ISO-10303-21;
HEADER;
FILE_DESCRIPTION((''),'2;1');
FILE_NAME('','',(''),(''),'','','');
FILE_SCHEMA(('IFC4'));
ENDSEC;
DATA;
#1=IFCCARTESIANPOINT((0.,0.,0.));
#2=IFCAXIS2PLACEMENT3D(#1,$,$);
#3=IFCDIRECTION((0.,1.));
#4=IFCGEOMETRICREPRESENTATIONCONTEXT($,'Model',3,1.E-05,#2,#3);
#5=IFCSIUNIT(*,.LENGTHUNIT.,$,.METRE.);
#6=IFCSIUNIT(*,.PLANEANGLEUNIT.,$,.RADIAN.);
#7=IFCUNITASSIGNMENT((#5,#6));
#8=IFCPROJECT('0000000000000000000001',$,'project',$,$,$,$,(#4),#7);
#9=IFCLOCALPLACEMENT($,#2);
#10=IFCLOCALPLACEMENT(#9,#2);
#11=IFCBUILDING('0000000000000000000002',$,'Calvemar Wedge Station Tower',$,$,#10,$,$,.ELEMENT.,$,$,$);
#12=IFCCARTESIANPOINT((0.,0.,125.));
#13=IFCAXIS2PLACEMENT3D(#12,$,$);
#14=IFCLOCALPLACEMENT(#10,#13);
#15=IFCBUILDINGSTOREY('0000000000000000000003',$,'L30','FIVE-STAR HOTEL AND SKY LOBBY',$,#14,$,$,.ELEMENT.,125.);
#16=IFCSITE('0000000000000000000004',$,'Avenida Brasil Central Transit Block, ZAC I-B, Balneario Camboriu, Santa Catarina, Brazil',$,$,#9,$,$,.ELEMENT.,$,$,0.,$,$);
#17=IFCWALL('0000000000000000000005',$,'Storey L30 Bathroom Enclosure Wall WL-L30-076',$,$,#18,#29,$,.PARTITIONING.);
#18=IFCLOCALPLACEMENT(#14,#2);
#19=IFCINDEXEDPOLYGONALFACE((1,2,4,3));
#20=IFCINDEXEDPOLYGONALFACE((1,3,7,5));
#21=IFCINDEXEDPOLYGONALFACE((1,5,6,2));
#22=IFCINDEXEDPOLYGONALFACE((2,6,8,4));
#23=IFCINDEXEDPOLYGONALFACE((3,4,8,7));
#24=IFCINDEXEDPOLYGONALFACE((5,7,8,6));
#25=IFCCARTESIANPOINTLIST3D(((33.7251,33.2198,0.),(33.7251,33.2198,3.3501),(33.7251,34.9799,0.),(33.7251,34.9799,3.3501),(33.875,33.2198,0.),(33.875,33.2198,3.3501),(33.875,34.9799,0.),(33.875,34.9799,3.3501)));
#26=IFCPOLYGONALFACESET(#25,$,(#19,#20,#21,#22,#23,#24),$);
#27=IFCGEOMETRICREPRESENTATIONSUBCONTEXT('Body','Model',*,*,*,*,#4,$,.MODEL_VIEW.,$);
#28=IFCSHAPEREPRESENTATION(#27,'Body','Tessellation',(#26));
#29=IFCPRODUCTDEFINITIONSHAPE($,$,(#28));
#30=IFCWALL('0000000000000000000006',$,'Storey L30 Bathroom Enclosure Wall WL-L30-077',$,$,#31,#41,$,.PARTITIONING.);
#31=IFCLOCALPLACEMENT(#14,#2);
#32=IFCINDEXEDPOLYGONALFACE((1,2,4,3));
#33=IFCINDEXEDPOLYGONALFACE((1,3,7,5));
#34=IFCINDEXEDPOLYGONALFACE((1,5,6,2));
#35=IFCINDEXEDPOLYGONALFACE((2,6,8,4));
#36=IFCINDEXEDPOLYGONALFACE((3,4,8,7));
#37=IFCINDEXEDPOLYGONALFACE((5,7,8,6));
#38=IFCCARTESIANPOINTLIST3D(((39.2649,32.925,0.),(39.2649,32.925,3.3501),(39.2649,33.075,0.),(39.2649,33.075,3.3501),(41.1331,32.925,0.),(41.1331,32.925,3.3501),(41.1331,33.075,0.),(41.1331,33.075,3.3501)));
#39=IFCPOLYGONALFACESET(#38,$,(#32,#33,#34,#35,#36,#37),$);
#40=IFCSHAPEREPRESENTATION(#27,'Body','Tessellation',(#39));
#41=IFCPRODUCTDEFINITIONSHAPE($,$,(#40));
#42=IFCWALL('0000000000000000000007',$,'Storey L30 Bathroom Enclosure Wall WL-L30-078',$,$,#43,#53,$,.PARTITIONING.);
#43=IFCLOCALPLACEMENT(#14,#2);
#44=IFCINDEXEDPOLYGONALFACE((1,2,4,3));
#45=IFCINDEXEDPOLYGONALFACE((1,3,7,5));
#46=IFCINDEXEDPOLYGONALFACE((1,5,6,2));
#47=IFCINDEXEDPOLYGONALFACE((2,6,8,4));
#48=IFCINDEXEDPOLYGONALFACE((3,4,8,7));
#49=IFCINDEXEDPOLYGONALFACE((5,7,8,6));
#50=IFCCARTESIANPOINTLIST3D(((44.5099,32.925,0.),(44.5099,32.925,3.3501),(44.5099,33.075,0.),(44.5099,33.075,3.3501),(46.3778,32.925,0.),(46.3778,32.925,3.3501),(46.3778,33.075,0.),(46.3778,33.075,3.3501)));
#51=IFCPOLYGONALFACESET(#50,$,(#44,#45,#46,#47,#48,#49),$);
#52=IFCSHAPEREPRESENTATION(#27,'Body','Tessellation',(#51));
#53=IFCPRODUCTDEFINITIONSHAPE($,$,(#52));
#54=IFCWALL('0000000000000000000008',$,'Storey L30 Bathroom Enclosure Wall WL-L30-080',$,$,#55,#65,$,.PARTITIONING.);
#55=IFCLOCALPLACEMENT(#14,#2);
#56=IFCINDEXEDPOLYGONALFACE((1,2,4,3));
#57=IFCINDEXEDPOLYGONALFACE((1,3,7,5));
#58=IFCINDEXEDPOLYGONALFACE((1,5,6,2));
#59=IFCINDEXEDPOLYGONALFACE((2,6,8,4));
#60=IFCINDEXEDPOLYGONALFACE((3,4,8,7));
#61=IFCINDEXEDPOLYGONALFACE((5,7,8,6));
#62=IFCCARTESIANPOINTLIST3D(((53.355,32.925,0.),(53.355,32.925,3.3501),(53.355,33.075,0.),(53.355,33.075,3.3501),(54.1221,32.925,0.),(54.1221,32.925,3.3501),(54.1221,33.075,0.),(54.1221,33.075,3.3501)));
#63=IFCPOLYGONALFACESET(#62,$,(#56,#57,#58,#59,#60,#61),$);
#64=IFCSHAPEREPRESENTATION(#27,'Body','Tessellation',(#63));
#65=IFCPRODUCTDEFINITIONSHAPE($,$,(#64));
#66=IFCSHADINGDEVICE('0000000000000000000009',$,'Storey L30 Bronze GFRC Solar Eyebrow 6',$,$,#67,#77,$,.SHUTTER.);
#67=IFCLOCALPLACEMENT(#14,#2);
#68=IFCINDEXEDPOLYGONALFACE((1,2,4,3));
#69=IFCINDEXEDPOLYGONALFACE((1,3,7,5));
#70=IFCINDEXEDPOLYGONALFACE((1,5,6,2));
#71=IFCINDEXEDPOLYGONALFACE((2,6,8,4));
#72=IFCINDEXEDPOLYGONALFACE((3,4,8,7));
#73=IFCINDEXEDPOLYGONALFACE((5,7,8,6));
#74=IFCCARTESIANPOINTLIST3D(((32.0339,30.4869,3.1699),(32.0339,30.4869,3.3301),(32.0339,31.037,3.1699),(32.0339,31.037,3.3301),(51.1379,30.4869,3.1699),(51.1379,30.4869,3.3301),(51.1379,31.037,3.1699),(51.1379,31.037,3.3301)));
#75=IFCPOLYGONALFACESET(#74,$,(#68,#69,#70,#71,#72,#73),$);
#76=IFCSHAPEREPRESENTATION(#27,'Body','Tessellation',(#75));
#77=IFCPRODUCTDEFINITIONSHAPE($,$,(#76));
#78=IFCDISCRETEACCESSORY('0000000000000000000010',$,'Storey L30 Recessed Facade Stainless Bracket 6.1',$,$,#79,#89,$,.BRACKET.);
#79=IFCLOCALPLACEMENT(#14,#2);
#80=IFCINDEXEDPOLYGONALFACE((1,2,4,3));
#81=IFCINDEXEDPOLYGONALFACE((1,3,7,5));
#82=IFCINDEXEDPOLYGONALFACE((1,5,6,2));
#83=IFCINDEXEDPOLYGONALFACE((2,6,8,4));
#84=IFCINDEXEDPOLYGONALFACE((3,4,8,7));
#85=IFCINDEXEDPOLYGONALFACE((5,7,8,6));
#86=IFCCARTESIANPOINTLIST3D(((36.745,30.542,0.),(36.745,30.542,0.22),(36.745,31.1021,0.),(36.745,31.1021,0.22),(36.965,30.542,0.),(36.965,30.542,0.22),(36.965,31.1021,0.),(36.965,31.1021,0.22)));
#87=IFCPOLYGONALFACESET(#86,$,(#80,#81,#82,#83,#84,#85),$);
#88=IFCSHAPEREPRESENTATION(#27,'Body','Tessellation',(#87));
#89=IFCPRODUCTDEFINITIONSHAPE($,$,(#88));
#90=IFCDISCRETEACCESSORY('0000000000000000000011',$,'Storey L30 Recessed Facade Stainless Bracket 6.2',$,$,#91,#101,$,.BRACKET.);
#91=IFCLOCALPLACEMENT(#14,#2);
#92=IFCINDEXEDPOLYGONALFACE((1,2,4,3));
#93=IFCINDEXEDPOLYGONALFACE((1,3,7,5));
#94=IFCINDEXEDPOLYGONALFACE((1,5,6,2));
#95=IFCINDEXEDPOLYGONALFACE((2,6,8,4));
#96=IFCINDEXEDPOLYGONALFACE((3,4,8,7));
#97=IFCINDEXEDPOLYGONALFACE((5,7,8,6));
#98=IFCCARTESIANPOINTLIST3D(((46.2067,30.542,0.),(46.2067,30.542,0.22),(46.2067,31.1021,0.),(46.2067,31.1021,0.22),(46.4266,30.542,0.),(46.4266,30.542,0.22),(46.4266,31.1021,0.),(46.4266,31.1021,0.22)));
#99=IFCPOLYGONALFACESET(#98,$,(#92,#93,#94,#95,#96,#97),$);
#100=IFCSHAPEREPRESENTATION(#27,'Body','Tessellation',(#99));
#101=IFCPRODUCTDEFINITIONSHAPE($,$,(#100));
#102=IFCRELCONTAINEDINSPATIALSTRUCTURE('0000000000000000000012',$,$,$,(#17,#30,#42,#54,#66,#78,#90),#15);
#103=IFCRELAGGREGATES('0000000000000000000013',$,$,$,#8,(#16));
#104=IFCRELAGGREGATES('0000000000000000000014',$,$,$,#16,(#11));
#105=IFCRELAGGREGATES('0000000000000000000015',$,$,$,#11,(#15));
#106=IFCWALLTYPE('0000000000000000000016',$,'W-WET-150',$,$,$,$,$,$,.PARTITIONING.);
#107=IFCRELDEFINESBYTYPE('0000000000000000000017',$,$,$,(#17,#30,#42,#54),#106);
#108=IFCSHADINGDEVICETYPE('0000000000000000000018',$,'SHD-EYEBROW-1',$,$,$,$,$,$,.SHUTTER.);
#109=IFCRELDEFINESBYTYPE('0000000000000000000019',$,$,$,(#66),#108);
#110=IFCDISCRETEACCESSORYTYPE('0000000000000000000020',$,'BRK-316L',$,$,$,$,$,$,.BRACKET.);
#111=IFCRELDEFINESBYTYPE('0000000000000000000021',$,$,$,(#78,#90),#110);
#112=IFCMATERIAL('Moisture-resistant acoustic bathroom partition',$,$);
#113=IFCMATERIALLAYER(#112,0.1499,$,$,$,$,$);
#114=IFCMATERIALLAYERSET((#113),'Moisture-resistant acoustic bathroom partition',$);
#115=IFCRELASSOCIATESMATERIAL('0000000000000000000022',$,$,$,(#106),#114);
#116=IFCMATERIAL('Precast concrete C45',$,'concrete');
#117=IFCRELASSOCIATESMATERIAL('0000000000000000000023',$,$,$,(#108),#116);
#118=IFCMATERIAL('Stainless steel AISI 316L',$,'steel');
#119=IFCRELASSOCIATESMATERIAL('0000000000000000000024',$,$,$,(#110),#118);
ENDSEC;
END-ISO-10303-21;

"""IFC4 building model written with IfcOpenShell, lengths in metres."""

from ifc_helpers import new_model, si_unit, direction, frame, frame_2d, origin, origin_2d, place, context, subcontext, project, spatial, rectangle, extrude, source, transform, mapped, material, layer, layer_set, type_object, element, save


model = new_model("IFC4")

# Units and contexts
model_context = context("Model", 3, precision=1e-05, world=origin(), true_north=direction((0.0, 1.0)))
body_context = subcontext(model_context, "Body", "Model", "MODEL_VIEW")
ifc_project = project(units=[si_unit("LENGTHUNIT", "METRE"), si_unit("PLANEANGLEUNIT", "RADIAN")], contexts=[model_context])

# Site, building, storey
site_placement = place(None, origin())
site = spatial("IfcSite", under=ifc_project, at=site_placement, Name="Avenida Brasil Central Transit Block, ZAC I-B, Balneario Camboriu, Santa Catarina, Brazil", CompositionType="ELEMENT", RefElevation=0.0)
building_placement = place(site_placement, origin())
building = spatial("IfcBuilding", under=site, at=building_placement, Name="Calvemar Wedge Station Tower", CompositionType="ELEMENT")
storey_placement = place(building_placement, frame((0.0, 0.0, 125.0)))
storey = spatial("IfcBuildingStorey", under=building, at=storey_placement, Name="L30", Description="FIVE-STAR HOTEL AND SKY LOBBY", CompositionType="ELEMENT", Elevation=125.0)

# Shared definitions
ifc_material_1 = material(Name="Precast concrete C45", Category="concrete")

# Walls
ifc_material_2 = material(Name="Moisture-resistant acoustic bathroom partition")
ifc_layer_1 = layer(ifc_material_2, 0.1499)
ifc_layer_set_1 = layer_set([ifc_layer_1], Name="Moisture-resistant acoustic bathroom partition")
wall_type_1 = type_object("IfcWallType", Name="W-WET-150", PredefinedType="PARTITIONING", material=ifc_layer_set_1)
wall_1_placement = place(storey_placement, frame((33.8, 33.22, 0.0), z_axis=(0.0, 0.0, 1.0), x_axis=(0.0, 1.0, 0.0)))
element("IfcWall", 1, at=wall_1_placement, inside=storey, type_object=wall_type_1, Name="Storey L30 Bathroom Enclosure Wall WL-L30-076", PredefinedType="PARTITIONING", context=body_context, shape_type="SweptSolid", body=[
    extrude(rectangle(XDim=1.76, YDim=0.1499, at=frame_2d((0.8799, 0.0))), origin(), (0.0, 0.0, 1.0), 3.3501),
])
wall_2_placement = place(storey_placement, frame((41.1331, 33.0, 0.0), z_axis=(0.0, 0.0, 1.0), x_axis=(-1.0, 0.0, 0.0)))
element("IfcWall", 2, at=wall_2_placement, inside=storey, type_object=wall_type_1, Name="Storey L30 Bathroom Enclosure Wall WL-L30-077", PredefinedType="PARTITIONING", context=body_context, shape_type="SweptSolid", body=[
    extrude(rectangle(XDim=1.8682, YDim=0.1499, at=frame_2d((0.9341, 0.0))), origin(), (0.0, 0.0, 1.0), 3.3501),
])
wall_3_placement = place(storey_placement, frame((46.3779, 33.0, 0.0), z_axis=(0.0, 0.0, 1.0), x_axis=(-1.0, 0.0, 0.0)))
element("IfcWall", 3, at=wall_3_placement, inside=storey, type_object=wall_type_1, Name="Storey L30 Bathroom Enclosure Wall WL-L30-078", PredefinedType="PARTITIONING", context=body_context, shape_type="SweptSolid", body=[
    extrude(rectangle(XDim=1.8679, YDim=0.1499, at=frame_2d((0.9341, 0.0))), origin(), (0.0, 0.0, 1.0), 3.3501),
])
wall_4_placement = place(storey_placement, frame((54.1221, 33.0, 0.0), z_axis=(0.0, 0.0, 1.0), x_axis=(-1.0, 0.0, 0.0)))
element("IfcWall", 4, at=wall_4_placement, inside=storey, type_object=wall_type_1, Name="Storey L30 Bathroom Enclosure Wall WL-L30-080", PredefinedType="PARTITIONING", context=body_context, shape_type="SweptSolid", body=[
    extrude(rectangle(XDim=0.7671, YDim=0.1499, at=frame_2d((0.3835, 0.0))), origin(), (0.0, 0.0, 1.0), 3.3501),
])

# Shading device
shading_device_type = type_object("IfcShadingDeviceType", Name="SHD-EYEBROW-1", PredefinedType="SHUTTER", material=ifc_material_1)
shading_device_placement = place(storey_placement, frame((32.0339, 30.762, 3.1699), z_axis=(0.0, 0.0, 1.0), x_axis=(1.0, 0.0, 0.0)))
element("IfcShadingDevice", 5, at=shading_device_placement, inside=storey, type_object=shading_device_type, Name="Storey L30 Bronze GFRC Solar Eyebrow 6", PredefinedType="SHUTTER", context=body_context, shape_type="SweptSolid", body=[
    extrude(rectangle(XDim=19.104, YDim=0.55, at=frame_2d((9.552, 0.0))), origin(), (0.0, 0.0, 1.0), 0.1602),
])

# Discrete accessories
ifc_material_3 = material(Name="Stainless steel AISI 316L", Category="steel")
discrete_accessory_type = type_object("IfcDiscreteAccessoryType", Name="BRK-316L", PredefinedType="BRACKET", material=ifc_material_3)
shared_shape_1 = source(origin(), body_context, "Body", "SweptSolid", [
    extrude(rectangle(XDim=0.22, YDim=0.5601, at=origin_2d()), origin(), (0.0, 0.0, 1.0), 0.22),
])
for number, where, z_axis, x_axis, name in (
    (6, (36.855, 30.822, 0.0), (0.0, 0.0, 1.0), (1.0, 0.0, 0.0), "Storey L30 Recessed Facade Stainless Bracket 6.1"),
    (7, (46.3167, 30.822, 0.0), (0.0, 0.0, 1.0), (1.0, 0.0, 0.0), "Storey L30 Recessed Facade Stainless Bracket 6.2"),
):
    element("IfcDiscreteAccessory", number, at=place(storey_placement, frame(where, z_axis=z_axis, x_axis=x_axis)), inside=storey, type_object=discrete_accessory_type, Name=name, PredefinedType="BRACKET", context=body_context, shape_type="MappedRepresentation", body=[
        mapped(shared_shape_1, transform((0.0, 0.0, 0.0), scale=1.0)),
    ])

save(model, "model.ifc")
